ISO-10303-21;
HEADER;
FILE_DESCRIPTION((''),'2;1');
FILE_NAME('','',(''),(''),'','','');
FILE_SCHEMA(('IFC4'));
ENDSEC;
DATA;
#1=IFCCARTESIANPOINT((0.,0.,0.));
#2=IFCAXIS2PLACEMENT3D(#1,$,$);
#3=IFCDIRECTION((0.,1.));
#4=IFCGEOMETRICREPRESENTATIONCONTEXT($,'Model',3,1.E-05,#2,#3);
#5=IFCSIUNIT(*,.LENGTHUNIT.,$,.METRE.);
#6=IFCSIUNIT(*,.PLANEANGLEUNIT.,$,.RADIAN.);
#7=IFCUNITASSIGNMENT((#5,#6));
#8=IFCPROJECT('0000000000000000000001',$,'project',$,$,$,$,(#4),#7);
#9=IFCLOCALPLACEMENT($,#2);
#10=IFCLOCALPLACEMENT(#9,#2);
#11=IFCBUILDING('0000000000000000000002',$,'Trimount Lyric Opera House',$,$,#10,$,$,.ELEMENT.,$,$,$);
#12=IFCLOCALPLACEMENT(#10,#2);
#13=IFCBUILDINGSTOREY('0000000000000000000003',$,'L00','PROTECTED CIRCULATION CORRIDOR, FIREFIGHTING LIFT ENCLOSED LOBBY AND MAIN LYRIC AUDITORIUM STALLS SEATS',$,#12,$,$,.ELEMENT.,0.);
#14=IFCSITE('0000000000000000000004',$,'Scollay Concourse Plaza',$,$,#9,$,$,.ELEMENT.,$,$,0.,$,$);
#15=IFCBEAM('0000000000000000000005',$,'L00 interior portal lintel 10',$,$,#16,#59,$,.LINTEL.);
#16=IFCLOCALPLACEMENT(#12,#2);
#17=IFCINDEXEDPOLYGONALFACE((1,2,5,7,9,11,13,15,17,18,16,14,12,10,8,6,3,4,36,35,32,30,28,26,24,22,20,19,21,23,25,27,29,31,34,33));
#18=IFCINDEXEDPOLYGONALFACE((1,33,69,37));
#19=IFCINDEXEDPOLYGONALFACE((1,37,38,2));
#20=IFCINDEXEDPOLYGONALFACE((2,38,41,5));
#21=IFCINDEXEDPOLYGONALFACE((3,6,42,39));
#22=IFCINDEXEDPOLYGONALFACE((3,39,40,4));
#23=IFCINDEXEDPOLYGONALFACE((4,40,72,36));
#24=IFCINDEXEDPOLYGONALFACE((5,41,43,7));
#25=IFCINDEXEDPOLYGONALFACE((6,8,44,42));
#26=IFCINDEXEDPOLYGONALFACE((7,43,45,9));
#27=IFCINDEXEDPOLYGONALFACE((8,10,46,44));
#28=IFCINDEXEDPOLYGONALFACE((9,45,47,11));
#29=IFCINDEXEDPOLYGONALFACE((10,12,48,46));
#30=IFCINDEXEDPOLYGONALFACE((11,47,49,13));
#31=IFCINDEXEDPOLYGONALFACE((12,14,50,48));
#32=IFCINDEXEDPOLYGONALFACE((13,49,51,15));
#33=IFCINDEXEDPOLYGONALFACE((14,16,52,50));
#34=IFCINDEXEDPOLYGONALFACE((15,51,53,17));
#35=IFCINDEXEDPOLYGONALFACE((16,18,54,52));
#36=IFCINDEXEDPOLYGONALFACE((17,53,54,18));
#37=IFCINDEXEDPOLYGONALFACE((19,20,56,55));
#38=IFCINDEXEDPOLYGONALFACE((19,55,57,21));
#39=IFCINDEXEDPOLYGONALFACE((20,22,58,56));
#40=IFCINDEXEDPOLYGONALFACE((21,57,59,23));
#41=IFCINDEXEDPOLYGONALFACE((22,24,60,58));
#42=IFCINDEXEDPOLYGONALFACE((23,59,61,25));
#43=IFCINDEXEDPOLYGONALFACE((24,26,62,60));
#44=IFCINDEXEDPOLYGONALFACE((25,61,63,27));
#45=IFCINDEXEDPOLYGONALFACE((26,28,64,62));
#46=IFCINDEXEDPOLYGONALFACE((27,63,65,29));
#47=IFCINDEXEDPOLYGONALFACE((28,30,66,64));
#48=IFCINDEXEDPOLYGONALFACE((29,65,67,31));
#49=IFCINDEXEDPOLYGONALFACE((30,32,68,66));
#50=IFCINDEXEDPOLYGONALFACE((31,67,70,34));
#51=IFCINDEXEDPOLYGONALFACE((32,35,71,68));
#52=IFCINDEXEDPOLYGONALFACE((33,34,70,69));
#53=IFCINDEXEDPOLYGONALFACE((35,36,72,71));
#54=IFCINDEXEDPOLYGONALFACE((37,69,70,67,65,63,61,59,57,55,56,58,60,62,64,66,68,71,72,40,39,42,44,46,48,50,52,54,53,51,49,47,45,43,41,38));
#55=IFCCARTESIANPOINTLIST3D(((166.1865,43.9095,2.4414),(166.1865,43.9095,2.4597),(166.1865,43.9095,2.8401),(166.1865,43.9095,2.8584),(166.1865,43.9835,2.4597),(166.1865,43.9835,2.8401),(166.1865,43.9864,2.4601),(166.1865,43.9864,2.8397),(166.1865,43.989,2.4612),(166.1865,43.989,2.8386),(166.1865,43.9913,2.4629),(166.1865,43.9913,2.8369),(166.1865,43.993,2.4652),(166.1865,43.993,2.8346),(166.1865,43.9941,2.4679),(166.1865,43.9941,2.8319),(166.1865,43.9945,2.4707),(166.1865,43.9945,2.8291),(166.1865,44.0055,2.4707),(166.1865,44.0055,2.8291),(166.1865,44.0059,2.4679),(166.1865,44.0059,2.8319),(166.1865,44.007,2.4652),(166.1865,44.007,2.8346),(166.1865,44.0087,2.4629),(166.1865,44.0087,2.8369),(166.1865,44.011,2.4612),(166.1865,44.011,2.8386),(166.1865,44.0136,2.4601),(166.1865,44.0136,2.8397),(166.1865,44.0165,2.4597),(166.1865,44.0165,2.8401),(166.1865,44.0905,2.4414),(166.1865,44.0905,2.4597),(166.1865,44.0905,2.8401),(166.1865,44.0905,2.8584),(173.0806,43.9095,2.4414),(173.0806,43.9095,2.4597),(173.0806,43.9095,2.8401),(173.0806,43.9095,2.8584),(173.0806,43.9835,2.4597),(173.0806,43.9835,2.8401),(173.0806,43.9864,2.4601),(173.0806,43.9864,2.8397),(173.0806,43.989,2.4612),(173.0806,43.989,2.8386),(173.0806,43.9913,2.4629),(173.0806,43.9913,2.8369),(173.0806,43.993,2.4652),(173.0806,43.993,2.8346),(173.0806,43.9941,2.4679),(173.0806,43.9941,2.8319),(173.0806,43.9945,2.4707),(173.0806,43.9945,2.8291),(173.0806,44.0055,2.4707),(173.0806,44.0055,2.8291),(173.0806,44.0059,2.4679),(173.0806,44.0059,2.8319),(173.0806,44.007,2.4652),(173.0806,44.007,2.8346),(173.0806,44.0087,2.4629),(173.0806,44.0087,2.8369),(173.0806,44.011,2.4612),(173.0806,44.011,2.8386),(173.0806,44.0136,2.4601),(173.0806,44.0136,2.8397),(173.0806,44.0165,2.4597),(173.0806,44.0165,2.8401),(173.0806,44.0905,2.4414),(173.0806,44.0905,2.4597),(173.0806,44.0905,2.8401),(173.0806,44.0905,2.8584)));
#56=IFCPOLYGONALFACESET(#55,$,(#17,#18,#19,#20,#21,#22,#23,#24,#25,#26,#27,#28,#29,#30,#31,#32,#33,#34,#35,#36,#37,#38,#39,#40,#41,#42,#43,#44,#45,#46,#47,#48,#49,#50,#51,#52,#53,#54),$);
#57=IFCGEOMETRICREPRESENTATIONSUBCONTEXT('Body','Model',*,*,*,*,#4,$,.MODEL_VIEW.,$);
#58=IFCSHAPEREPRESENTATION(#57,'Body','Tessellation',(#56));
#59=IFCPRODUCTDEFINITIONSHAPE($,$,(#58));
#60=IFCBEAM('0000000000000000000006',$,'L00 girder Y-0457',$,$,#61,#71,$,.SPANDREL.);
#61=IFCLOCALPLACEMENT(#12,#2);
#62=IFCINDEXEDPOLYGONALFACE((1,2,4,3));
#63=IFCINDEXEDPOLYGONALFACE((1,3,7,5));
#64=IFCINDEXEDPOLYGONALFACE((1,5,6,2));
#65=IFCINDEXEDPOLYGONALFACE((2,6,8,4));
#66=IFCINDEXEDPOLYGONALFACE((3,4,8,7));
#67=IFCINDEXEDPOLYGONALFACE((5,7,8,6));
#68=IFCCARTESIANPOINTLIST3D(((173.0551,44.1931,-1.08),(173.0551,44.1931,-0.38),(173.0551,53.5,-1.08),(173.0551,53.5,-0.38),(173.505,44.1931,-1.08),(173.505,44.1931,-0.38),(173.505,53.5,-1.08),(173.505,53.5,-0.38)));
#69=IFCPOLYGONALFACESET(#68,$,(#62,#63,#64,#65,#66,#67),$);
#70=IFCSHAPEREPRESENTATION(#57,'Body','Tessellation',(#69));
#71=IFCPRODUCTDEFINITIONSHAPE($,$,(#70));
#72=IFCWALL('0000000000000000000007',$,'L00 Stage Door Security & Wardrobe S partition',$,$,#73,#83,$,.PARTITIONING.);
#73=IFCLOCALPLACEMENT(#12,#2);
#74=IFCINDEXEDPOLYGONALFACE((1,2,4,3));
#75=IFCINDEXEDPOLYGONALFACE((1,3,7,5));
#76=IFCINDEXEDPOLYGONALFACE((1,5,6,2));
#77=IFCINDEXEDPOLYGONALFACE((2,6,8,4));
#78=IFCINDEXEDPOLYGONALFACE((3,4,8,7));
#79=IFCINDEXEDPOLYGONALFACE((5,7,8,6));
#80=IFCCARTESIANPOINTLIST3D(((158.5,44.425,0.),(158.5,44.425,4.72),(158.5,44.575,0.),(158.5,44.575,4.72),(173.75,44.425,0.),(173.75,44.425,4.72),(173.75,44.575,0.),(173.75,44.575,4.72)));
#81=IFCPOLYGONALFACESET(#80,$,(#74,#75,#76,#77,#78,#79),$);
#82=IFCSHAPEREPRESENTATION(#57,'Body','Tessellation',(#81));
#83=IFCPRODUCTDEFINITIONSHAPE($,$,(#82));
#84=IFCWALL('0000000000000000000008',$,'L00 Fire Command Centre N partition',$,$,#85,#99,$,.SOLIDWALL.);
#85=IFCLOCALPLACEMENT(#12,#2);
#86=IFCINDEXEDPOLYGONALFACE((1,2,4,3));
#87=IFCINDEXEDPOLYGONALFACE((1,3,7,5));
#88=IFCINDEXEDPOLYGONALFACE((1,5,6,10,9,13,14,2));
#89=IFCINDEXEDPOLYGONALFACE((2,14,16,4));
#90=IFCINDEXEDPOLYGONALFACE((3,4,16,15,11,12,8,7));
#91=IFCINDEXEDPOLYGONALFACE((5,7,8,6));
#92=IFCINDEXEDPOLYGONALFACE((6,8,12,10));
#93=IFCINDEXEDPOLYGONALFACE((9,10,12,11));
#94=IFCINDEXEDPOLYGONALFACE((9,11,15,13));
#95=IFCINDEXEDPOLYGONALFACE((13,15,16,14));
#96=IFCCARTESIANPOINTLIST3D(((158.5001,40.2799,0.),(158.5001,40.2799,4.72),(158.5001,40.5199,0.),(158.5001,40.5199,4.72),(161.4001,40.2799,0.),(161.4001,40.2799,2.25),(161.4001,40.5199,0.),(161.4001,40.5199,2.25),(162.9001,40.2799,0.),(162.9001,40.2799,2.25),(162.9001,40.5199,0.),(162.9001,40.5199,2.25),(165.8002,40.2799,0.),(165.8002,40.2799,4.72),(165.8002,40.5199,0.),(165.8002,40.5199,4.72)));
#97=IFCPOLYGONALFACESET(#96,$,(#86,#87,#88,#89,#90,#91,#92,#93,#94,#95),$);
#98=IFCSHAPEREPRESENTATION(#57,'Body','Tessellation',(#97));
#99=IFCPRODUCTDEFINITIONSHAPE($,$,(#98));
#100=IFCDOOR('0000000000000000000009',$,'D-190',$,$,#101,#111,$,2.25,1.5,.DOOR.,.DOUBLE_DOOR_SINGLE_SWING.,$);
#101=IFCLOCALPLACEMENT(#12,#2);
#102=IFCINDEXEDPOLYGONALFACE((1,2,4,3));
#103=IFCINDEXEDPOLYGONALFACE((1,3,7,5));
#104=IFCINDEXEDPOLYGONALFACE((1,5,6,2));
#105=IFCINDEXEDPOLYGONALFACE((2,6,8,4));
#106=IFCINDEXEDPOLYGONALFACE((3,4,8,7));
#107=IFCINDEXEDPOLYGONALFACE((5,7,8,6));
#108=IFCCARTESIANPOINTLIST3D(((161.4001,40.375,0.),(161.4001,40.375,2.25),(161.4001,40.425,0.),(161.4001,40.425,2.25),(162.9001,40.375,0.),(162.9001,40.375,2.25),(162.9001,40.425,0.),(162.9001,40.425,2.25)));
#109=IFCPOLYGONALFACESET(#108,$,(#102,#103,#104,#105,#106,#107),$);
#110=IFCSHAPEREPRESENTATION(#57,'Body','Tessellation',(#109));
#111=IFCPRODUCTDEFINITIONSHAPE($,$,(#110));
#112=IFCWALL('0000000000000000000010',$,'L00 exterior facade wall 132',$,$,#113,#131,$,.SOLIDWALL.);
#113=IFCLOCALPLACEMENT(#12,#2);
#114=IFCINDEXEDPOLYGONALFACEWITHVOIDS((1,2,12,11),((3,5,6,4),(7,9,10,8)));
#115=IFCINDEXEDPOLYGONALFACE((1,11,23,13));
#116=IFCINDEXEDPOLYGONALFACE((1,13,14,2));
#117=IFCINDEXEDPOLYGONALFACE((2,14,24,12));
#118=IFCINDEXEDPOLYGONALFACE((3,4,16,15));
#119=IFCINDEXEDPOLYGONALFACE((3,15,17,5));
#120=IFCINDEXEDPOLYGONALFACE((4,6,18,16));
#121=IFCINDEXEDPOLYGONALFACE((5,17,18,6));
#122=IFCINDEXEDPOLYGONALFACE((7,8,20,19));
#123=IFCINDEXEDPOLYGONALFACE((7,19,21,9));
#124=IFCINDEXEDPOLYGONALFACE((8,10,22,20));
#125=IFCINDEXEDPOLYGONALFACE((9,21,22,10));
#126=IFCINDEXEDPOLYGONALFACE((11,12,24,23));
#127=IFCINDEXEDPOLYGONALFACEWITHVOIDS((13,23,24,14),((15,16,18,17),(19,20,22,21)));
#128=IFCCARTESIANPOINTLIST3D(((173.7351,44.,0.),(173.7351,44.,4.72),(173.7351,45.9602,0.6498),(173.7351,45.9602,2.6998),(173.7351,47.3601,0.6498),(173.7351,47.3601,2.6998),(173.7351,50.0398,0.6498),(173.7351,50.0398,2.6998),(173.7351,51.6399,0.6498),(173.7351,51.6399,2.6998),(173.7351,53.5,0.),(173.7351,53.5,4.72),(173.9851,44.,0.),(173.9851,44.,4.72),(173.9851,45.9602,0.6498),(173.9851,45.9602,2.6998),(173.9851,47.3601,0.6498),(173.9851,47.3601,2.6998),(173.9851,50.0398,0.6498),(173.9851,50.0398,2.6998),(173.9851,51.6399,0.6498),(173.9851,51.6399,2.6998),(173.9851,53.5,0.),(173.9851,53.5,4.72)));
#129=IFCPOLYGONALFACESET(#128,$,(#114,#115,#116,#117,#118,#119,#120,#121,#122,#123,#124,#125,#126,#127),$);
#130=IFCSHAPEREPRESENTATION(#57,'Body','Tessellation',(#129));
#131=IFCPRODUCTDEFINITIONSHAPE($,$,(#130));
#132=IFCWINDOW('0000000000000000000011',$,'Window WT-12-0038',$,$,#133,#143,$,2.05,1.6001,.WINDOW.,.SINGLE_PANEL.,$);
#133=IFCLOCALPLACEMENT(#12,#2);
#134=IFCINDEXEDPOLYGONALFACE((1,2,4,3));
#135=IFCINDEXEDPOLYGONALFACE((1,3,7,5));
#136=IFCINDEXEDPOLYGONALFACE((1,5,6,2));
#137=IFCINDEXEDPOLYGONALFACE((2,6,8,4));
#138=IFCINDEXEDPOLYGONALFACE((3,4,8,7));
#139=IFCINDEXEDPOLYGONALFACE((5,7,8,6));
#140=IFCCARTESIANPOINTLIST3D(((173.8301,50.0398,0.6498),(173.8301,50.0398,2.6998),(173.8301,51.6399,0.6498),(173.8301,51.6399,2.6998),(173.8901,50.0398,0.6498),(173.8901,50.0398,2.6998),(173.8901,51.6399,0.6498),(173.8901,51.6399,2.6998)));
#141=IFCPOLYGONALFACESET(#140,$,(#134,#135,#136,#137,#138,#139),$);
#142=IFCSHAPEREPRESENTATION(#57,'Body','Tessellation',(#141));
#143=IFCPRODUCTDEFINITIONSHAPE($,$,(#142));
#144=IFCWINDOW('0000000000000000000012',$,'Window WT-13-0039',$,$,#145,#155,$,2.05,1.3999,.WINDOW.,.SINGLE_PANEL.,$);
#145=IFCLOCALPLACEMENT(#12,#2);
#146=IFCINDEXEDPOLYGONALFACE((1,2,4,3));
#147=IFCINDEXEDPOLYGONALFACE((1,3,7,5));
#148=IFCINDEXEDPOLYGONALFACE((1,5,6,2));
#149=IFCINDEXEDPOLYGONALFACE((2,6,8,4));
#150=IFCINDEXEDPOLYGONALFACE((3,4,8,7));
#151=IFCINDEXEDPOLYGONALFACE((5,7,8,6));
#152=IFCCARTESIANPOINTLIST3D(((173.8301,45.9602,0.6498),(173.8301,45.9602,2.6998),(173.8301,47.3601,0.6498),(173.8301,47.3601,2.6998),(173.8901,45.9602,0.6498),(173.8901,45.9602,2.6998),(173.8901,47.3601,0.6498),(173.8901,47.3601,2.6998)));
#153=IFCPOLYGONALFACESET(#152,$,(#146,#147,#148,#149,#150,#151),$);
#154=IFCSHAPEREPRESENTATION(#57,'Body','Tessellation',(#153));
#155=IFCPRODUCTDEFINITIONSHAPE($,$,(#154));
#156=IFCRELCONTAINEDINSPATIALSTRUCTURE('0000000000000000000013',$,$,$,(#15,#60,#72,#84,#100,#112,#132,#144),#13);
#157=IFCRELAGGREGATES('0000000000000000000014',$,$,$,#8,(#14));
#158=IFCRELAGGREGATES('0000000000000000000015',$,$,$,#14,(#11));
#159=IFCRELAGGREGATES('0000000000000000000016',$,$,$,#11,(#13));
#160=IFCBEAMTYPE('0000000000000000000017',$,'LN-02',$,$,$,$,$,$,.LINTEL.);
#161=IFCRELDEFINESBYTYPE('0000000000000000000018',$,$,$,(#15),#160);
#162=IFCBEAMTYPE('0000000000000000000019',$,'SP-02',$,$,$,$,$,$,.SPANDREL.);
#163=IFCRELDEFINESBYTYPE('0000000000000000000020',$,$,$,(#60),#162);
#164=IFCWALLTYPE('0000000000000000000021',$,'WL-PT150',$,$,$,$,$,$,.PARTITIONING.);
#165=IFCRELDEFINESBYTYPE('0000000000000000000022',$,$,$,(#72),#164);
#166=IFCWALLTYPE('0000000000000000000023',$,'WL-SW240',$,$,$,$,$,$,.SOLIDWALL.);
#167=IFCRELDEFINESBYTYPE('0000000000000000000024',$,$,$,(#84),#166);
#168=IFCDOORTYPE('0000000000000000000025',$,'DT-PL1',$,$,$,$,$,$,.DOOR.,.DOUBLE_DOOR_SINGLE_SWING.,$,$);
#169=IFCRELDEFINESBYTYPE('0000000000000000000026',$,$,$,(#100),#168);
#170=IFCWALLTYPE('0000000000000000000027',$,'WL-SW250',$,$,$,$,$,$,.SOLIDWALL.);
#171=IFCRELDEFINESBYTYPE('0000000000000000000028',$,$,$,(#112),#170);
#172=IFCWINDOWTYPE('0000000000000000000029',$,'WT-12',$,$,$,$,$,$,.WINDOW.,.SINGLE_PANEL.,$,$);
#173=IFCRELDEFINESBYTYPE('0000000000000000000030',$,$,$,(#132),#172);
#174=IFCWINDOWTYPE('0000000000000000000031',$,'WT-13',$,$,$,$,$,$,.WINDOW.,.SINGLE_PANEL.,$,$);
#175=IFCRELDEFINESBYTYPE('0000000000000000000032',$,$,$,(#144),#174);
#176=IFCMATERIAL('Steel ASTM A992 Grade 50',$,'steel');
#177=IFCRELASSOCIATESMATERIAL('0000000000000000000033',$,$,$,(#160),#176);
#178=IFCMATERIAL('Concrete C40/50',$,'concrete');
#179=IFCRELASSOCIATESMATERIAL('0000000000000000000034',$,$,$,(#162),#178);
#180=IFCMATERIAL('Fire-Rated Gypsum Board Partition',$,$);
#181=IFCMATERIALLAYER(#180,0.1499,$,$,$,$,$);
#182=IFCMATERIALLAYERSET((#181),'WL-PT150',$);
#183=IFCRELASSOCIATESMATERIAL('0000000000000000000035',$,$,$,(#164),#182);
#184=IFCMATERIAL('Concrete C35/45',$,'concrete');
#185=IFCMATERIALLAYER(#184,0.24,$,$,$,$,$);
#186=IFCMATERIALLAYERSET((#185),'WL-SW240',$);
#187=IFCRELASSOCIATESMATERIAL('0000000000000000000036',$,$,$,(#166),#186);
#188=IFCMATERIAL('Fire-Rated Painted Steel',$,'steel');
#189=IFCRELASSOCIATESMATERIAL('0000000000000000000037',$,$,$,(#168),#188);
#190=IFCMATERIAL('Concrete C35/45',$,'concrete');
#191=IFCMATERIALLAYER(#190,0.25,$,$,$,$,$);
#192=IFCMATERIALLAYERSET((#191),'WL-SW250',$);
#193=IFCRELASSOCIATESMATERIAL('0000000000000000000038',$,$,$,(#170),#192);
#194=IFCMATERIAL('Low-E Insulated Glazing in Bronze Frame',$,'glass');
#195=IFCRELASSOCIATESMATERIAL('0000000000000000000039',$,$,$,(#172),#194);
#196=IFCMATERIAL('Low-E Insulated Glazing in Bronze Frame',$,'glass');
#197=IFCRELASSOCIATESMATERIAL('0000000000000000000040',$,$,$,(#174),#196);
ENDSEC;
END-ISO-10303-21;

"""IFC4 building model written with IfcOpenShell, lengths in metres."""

from ifc_helpers import new_model, si_unit, direction, frame, frame_2d, origin, origin_2d, place, context, subcontext, project, spatial, rectangle, i_section, extrude, material, layer, layer_set, material_profile, profile_set, type_object, element, fill, save


model = new_model("IFC4")

# Units and contexts
model_context = context("Model", 3, precision=1e-05, world=origin(), true_north=direction((0.0, 1.0)))
body_context = subcontext(model_context, "Body", "Model", "MODEL_VIEW")
ifc_project = project(units=[si_unit("LENGTHUNIT", "METRE"), si_unit("PLANEANGLEUNIT", "RADIAN")], contexts=[model_context])

# Site, building, storey
site_placement = place(None, origin())
site = spatial("IfcSite", under=ifc_project, at=site_placement, Name="Scollay Concourse Plaza", CompositionType="ELEMENT", RefElevation=0.0)
building_placement = place(site_placement, origin())
building = spatial("IfcBuilding", under=site, at=building_placement, Name="Trimount Lyric Opera House", CompositionType="ELEMENT")
storey_placement = place(building_placement, origin())
storey = spatial("IfcBuildingStorey", under=building, at=storey_placement, Name="L00", Description="PROTECTED CIRCULATION CORRIDOR, FIREFIGHTING LIFT ENCLOSED LOBBY AND MAIN LYRIC AUDITORIUM STALLS SEATS", CompositionType="ELEMENT", Elevation=0.0)

# Beams
ifc_material_1 = material(Name="Steel ASTM A992 Grade 50", Category="steel")
ifc_material_profile_1 = material_profile(ifc_material_1, i_section(OverallWidth=0.1809, OverallDepth=0.417, WebThickness=0.011, FlangeThickness=0.0183, FilletRadius=0.011, at=origin_2d()), Name="W16X57")
ifc_profile_set_1 = profile_set([ifc_material_profile_1], Name="Steel ASTM A992 Grade 50")
beam_type_1 = type_object("IfcBeamType", Name="LN-02", PredefinedType="LINTEL", material=ifc_profile_set_1)
beam_1_placement = place(storey_placement, frame((166.1865, 44.0, 2.6499), z_axis=(1.0, 0.0, 0.0), x_axis=(0.0, 1.0, 0.0)))
element("IfcBeam", 1, at=beam_1_placement, inside=storey, type_object=beam_type_1, Name="L00 interior portal lintel 10", PredefinedType="LINTEL", context=body_context, shape_type="SweptSolid", body=[
    extrude(i_section(OverallWidth=0.1809, OverallDepth=0.417, WebThickness=0.011, FlangeThickness=0.0183, FilletRadius=0.011, at=origin_2d()), origin(), (0.0, 0.0, 1.0), 6.894),
])
ifc_material_2 = material(Name="Concrete C40/50", Category="concrete")
ifc_material_profile_2 = material_profile(ifc_material_2, rectangle(XDim=0.45, YDim=0.7, at=origin_2d()), Name="RC450X700")
ifc_profile_set_2 = profile_set([ifc_material_profile_2], Name="Concrete C40/50")
beam_type_2 = type_object("IfcBeamType", Name="SP-02", PredefinedType="SPANDREL", material=ifc_profile_set_2)
beam_2_placement = place(storey_placement, frame((173.28, 44.1931, -0.73), z_axis=(0.0, 1.0, 0.0), x_axis=(-1.0, 0.0, 0.0)))
element("IfcBeam", 2, at=beam_2_placement, inside=storey, type_object=beam_type_2, Name="L00 girder Y-0457", PredefinedType="SPANDREL", context=body_context, shape_type="SweptSolid", body=[
    extrude(rectangle(XDim=0.45, YDim=0.7, at=origin_2d()), origin(), (0.0, 0.0, 1.0), 9.3069),
])

# Wall
ifc_material_3 = material(Name="Fire-Rated Gypsum Board Partition")
ifc_layer_1 = layer(ifc_material_3, 0.1499)
ifc_layer_set_1 = layer_set([ifc_layer_1], Name="WL-PT150")
wall_type_1 = type_object("IfcWallType", Name="WL-PT150", PredefinedType="PARTITIONING", material=ifc_layer_set_1)
wall_1_placement = place(storey_placement, frame((158.5, 44.5, 0.0), z_axis=(0.0, 0.0, 1.0), x_axis=(1.0, 0.0, 0.0)))
element("IfcWall", 3, at=wall_1_placement, inside=storey, type_object=wall_type_1, Name="L00 Stage Door Security & Wardrobe S partition", PredefinedType="PARTITIONING", context=body_context, shape_type="SweptSolid", body=[
    extrude(rectangle(XDim=15.25, YDim=0.1499, at=frame_2d((7.625, 0.0))), origin(), (0.0, 0.0, 1.0), 4.72),
])

# Wall, opening, door
ifc_material_4 = material(Name="Concrete C35/45", Category="concrete")
ifc_layer_2 = layer(ifc_material_4, 0.24)
ifc_layer_set_2 = layer_set([ifc_layer_2], Name="WL-SW240")
wall_type_2 = type_object("IfcWallType", Name="WL-SW240", PredefinedType="SOLIDWALL", material=ifc_layer_set_2)
wall_2_placement = place(storey_placement, frame((165.8, 40.3999, 0.0), z_axis=(0.0, 0.0, 1.0), x_axis=(-1.0, 0.0, 0.0)))
wall_2 = element("IfcWall", 4, at=wall_2_placement, inside=storey, type_object=wall_type_2, Name="L00 Fire Command Centre N partition", PredefinedType="SOLIDWALL", context=body_context, shape_type="SweptSolid", body=[
    extrude(rectangle(XDim=7.3, YDim=0.24, at=frame_2d((3.6499, 0.0))), origin(), (0.0, 0.0, 1.0), 4.72),
])
opening_1_placement = place(wall_2_placement, frame((2.8999, 0.0, 0.0)))
opening_1 = element("IfcOpeningElement", 5, at=opening_1_placement, cuts=wall_2, PredefinedType="OPENING", context=body_context, shape_type="SweptSolid", body=[
    extrude(rectangle(XDim=1.5, YDim=2.25, at=frame_2d((0.75, 1.125))), frame((0.0, 0.1299, 0.0), z_axis=(0.0, -1.0, 0.0), x_axis=(1.0, 0.0, 0.0)), (0.0, 0.0, 1.0), 0.26),
])
ifc_material_5 = material(Name="Fire-Rated Painted Steel", Category="steel")
door_type = type_object("IfcDoorType", Name="DT-PL1", OperationType="DOUBLE_DOOR_SINGLE_SWING", PredefinedType="DOOR", material=ifc_material_5)
door_placement = place(opening_1_placement, origin())
door = element("IfcDoor", 6, at=door_placement, inside=storey, type_object=door_type, Name="D-190", OperationType="DOUBLE_DOOR_SINGLE_SWING", OverallHeight=2.25, OverallWidth=1.5, PredefinedType="DOOR", context=body_context, shape_type="SweptSolid", body=[
    extrude(rectangle(XDim=1.5, YDim=2.25, at=frame_2d((0.75, 1.125))), frame((0.0, 0.0249, 0.0), z_axis=(0.0, -1.0, 0.0), x_axis=(1.0, 0.0, 0.0)), (0.0, 0.0, 1.0), 0.05),
])
fill(opening_1, door)

# Wall, openings, windows
ifc_material_6 = material(Name="Concrete C35/45", Category="concrete")
ifc_layer_3 = layer(ifc_material_6, 0.25)
ifc_layer_set_3 = layer_set([ifc_layer_3], Name="WL-SW250")
wall_type_3 = type_object("IfcWallType", Name="WL-SW250", PredefinedType="SOLIDWALL", material=ifc_layer_set_3)
wall_3_placement = place(storey_placement, frame((173.8601, 53.5, 0.0), z_axis=(0.0, 0.0, 1.0), x_axis=(0.0, -1.0, 0.0)))
wall_3 = element("IfcWall", 7, at=wall_3_placement, inside=storey, type_object=wall_type_3, Name="L00 exterior facade wall 132", PredefinedType="SOLIDWALL", context=body_context, shape_type="SweptSolid", body=[
    extrude(rectangle(XDim=9.5, YDim=0.25, at=frame_2d((4.75, 0.0))), origin(), (0.0, 0.0, 1.0), 4.72),
])
opening_2_placement = place(wall_3_placement, frame((1.8601, 0.0, 0.6499)))
opening_2 = element("IfcOpeningElement", 8, at=opening_2_placement, cuts=wall_3, PredefinedType="OPENING", context=body_context, shape_type="SweptSolid", body=[
    extrude(rectangle(XDim=1.6001, YDim=2.05, at=frame_2d((0.8, 1.0249))), frame((0.0, 0.135, 0.0), z_axis=(0.0, -1.0, 0.0), x_axis=(1.0, 0.0, 0.0)), (0.0, 0.0, 1.0), 0.27),
])
opening_3_placement = place(wall_3_placement, frame((6.1399, 0.0, 0.6499)))
opening_3 = element("IfcOpeningElement", 9, at=opening_3_placement, cuts=wall_3, PredefinedType="OPENING", context=body_context, shape_type="SweptSolid", body=[
    extrude(rectangle(XDim=1.3999, YDim=2.05, at=frame_2d((0.7, 1.0249))), frame((0.0, 0.135, 0.0), z_axis=(0.0, -1.0, 0.0), x_axis=(1.0, 0.0, 0.0)), (0.0, 0.0, 1.0), 0.27),
])
ifc_material_7 = material(Name="Low-E Insulated Glazing in Bronze Frame", Category="glass")
window_type_1 = type_object("IfcWindowType", Name="WT-12", PartitioningType="SINGLE_PANEL", PredefinedType="WINDOW", material=ifc_material_7)
window_1_placement = place(opening_2_placement, origin())
window_1 = element("IfcWindow", 10, at=window_1_placement, inside=storey, type_object=window_type_1, Name="Window WT-12-0038", OverallHeight=2.05, OverallWidth=1.6001, PartitioningType="SINGLE_PANEL", PredefinedType="WINDOW", context=body_context, shape_type="SweptSolid", body=[
    extrude(rectangle(XDim=1.6001, YDim=2.05, at=frame_2d((0.8, 1.0249))), frame((0.0, 0.03, 0.0), z_axis=(0.0, -1.0, 0.0), x_axis=(1.0, 0.0, 0.0)), (0.0, 0.0, 1.0), 0.0601),
])
fill(opening_2, window_1)
ifc_material_8 = material(Name="Low-E Insulated Glazing in Bronze Frame", Category="glass")
window_type_2 = type_object("IfcWindowType", Name="WT-13", PartitioningType="SINGLE_PANEL", PredefinedType="WINDOW", material=ifc_material_8)
window_2_placement = place(opening_3_placement, origin())
window_2 = element("IfcWindow", 11, at=window_2_placement, inside=storey, type_object=window_type_2, Name="Window WT-13-0039", OverallHeight=2.05, OverallWidth=1.3999, PartitioningType="SINGLE_PANEL", PredefinedType="WINDOW", context=body_context, shape_type="SweptSolid", body=[
    extrude(rectangle(XDim=1.3999, YDim=2.05, at=frame_2d((0.7, 1.0249))), frame((0.0, 0.03, 0.0), z_axis=(0.0, -1.0, 0.0), x_axis=(1.0, 0.0, 0.0)), (0.0, 0.0, 1.0), 0.0601),
])
fill(opening_3, window_2)

save(model, "model.ifc")
